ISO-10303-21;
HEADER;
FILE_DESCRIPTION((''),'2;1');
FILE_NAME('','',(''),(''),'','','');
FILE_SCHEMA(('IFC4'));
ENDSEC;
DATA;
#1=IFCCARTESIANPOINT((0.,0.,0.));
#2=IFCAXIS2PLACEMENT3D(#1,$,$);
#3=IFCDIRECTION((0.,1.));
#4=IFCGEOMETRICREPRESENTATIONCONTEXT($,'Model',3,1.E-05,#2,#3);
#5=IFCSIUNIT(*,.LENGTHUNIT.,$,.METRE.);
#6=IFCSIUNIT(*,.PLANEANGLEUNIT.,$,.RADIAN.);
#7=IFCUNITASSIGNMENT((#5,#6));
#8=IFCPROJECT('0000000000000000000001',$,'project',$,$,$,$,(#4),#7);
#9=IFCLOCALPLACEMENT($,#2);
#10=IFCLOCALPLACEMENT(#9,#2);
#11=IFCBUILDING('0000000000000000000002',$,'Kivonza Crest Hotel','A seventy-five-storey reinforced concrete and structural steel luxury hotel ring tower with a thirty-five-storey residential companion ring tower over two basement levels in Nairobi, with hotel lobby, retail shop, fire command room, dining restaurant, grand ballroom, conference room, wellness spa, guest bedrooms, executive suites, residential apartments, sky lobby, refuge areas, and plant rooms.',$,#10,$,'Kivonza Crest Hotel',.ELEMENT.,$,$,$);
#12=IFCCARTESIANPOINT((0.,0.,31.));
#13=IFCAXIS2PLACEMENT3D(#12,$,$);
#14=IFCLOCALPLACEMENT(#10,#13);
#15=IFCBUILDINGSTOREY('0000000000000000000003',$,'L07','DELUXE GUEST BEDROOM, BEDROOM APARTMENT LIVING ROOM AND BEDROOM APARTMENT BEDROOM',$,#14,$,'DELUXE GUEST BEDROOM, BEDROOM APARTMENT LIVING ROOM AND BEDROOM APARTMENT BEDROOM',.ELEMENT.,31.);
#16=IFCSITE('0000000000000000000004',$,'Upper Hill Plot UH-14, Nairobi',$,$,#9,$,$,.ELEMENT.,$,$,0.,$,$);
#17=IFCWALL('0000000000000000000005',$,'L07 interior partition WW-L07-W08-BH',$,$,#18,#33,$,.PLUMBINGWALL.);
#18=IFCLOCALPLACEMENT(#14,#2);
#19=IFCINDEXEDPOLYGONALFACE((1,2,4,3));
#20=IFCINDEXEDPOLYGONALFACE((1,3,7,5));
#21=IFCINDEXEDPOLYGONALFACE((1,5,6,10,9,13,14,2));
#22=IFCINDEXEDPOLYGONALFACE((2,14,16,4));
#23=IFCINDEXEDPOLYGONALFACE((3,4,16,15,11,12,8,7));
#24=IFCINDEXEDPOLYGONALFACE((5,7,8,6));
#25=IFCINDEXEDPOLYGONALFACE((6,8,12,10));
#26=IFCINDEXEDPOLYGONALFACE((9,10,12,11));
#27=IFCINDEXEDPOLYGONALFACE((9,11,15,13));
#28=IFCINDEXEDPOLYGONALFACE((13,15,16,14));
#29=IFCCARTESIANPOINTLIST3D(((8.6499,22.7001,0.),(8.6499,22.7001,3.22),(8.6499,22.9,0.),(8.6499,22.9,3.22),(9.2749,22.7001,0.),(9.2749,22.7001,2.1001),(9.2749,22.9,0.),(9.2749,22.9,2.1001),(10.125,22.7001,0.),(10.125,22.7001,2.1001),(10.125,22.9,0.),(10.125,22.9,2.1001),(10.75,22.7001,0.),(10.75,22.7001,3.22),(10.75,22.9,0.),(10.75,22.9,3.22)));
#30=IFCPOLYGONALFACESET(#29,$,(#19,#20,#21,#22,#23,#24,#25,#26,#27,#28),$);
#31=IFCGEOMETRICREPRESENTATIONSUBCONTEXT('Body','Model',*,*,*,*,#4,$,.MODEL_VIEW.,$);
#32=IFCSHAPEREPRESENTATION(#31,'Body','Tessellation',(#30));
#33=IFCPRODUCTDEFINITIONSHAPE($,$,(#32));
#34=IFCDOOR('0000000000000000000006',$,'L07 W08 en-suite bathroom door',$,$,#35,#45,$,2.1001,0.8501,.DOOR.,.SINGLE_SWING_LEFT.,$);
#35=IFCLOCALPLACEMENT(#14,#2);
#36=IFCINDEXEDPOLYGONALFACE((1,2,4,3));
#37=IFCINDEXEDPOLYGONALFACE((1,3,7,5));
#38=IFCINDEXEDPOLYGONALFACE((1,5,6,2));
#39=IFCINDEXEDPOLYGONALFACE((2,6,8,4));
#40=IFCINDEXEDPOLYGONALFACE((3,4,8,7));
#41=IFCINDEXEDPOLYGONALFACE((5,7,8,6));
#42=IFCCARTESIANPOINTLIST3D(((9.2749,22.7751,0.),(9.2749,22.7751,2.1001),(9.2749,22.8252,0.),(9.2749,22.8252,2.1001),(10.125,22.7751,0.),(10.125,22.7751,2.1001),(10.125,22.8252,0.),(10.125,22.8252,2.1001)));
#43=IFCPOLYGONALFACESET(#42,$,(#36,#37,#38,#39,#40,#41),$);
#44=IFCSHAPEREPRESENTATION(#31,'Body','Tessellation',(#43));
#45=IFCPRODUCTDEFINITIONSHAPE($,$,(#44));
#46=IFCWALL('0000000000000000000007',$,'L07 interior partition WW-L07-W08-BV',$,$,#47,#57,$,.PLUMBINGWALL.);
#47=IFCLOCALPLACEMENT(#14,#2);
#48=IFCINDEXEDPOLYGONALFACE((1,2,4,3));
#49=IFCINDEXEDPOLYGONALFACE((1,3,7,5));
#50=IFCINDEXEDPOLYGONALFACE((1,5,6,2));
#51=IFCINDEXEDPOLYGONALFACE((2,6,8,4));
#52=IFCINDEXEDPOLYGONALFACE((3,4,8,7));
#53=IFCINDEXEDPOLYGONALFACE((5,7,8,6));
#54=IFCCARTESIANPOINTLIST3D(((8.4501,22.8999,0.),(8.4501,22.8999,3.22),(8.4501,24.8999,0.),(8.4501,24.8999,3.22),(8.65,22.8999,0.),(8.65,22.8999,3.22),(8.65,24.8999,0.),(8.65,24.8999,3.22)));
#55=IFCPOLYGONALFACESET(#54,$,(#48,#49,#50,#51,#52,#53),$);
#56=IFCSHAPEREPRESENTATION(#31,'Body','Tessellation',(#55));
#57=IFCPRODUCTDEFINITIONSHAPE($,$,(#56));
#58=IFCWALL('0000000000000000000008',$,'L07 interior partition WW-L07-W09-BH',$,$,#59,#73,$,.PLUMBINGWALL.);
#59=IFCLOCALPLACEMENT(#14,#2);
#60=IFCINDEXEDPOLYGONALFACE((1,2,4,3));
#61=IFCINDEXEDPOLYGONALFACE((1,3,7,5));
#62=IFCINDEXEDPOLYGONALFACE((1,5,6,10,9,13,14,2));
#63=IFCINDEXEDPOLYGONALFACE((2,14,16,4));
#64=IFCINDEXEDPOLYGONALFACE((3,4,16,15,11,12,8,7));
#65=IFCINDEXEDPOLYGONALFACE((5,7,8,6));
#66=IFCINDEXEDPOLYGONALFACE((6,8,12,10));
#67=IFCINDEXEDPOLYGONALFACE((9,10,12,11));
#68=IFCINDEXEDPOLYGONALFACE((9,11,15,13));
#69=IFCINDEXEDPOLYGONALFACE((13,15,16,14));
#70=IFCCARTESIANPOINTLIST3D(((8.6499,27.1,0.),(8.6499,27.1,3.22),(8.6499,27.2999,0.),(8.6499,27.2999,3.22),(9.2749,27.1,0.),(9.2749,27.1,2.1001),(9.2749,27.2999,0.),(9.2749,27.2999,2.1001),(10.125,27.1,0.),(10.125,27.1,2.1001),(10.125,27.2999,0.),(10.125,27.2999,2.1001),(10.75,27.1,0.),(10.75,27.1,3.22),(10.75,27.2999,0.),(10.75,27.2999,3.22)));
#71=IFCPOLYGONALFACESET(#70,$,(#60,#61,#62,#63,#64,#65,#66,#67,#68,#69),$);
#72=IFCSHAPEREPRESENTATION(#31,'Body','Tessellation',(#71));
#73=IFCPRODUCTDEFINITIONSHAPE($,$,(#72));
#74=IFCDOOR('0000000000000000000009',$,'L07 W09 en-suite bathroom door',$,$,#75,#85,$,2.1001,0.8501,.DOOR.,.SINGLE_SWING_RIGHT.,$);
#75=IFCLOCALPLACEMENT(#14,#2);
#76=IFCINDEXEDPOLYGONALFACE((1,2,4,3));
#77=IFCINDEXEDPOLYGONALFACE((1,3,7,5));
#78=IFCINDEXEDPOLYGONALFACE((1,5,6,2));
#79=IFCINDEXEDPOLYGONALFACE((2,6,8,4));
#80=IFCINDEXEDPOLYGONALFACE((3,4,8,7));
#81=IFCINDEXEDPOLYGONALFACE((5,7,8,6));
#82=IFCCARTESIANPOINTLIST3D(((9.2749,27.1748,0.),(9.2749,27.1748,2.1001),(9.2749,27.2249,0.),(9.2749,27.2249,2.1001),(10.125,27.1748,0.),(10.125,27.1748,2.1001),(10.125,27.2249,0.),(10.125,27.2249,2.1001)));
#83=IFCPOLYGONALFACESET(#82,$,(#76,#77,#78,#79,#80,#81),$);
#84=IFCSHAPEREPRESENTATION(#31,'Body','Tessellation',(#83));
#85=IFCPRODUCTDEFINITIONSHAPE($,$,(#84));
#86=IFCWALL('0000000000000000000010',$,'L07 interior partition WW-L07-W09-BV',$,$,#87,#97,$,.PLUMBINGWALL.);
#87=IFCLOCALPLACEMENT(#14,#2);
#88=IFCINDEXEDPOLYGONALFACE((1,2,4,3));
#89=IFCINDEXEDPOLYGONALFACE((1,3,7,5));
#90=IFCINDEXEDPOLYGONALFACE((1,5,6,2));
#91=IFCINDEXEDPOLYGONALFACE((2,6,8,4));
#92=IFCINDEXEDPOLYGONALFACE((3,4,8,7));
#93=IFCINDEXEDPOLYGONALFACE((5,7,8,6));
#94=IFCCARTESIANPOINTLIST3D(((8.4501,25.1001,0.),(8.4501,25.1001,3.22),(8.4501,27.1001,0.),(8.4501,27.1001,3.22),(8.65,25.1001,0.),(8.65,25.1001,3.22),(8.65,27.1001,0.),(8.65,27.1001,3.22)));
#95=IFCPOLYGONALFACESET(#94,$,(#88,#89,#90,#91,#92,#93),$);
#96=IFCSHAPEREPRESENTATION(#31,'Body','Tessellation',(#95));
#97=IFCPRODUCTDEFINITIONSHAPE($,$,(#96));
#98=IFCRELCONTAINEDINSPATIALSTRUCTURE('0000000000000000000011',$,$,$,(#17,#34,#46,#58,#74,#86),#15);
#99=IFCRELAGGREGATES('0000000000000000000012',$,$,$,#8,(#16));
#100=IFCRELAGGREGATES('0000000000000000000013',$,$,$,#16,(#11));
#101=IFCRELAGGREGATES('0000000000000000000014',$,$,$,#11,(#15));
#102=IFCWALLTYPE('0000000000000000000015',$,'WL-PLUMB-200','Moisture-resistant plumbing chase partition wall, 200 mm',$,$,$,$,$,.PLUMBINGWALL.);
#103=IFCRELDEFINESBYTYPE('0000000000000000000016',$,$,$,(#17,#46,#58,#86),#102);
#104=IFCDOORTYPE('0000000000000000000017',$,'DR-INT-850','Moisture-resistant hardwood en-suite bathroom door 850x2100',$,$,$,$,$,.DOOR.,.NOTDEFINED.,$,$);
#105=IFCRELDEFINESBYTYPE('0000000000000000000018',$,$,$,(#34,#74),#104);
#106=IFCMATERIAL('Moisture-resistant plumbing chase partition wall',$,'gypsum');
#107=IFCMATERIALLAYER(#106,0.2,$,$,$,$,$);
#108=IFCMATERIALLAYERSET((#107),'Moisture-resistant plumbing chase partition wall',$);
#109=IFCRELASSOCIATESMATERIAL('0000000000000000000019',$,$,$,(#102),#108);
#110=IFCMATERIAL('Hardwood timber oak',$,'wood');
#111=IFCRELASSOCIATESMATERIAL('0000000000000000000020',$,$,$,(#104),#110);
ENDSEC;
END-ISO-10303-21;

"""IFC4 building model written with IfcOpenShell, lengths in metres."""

from ifc_helpers import new_model, si_unit, direction, frame, frame_2d, origin, place, context, subcontext, project, spatial, rectangle, extrude, material, layer, layer_set, type_object, element, fill, save


model = new_model("IFC4")

# Units and contexts
model_context = context("Model", 3, precision=1e-05, world=origin(), true_north=direction((0.0, 1.0)))
body_context = subcontext(model_context, "Body", "Model", "MODEL_VIEW")
ifc_project = project(units=[si_unit("LENGTHUNIT", "METRE"), si_unit("PLANEANGLEUNIT", "RADIAN")], contexts=[model_context])

# Site, building, storey
site_placement = place(None, origin())
site = spatial("IfcSite", under=ifc_project, at=site_placement, Name="Upper Hill Plot UH-14, Nairobi", CompositionType="ELEMENT", RefElevation=0.0)
building_placement = place(site_placement, origin())
building = spatial("IfcBuilding", under=site, at=building_placement, Name="Kivonza Crest Hotel", Description="A seventy-five-storey reinforced concrete and structural steel luxury hotel ring tower with a thirty-five-storey residential companion ring tower over two basement levels in Nairobi, with hotel lobby, retail shop, fire command room, dining restaurant, grand ballroom, conference room, wellness spa, guest bedrooms, executive suites, residential apartments, sky lobby, refuge areas, and plant rooms.", LongName="Kivonza Crest Hotel", CompositionType="ELEMENT")
storey_placement = place(building_placement, frame((0.0, 0.0, 31.0)))
storey = spatial("IfcBuildingStorey", under=building, at=storey_placement, Name="L07", Description="DELUXE GUEST BEDROOM, BEDROOM APARTMENT LIVING ROOM AND BEDROOM APARTMENT BEDROOM", LongName="DELUXE GUEST BEDROOM, BEDROOM APARTMENT LIVING ROOM AND BEDROOM APARTMENT BEDROOM", CompositionType="ELEMENT", Elevation=31.0)

# Shared definitions
ifc_material_1 = material(Name="Hardwood timber oak", Category="wood")

# Wall, opening, door
ifc_material_2 = material(Name="Moisture-resistant plumbing chase partition wall", Category="gypsum")
ifc_layer_1 = layer(ifc_material_2, 0.2)
ifc_layer_set_1 = layer_set([ifc_layer_1], Name="Moisture-resistant plumbing chase partition wall")
wall_type_1 = type_object("IfcWallType", Name="WL-PLUMB-200", Description="Moisture-resistant plumbing chase partition wall, 200 mm", PredefinedType="PLUMBINGWALL", material=ifc_layer_set_1)
wall_1_placement = place(storey_placement, frame((8.6499, 22.8, 0.0), z_axis=(0.0, 0.0, 1.0), x_axis=(1.0, 0.0, 0.0)))
wall_1 = element("IfcWall", 1, at=wall_1_placement, inside=storey, type_object=wall_type_1, Name="L07 interior partition WW-L07-W08-BH", PredefinedType="PLUMBINGWALL", context=body_context, shape_type="SweptSolid", body=[
    extrude(rectangle(XDim=2.1001, YDim=0.2, at=frame_2d((1.05, 0.0))), origin(), (0.0, 0.0, 1.0), 3.22),
])
opening_1_placement = place(wall_1_placement, frame((0.625, 0.0, 0.0)))
opening_1 = element("IfcOpeningElement", 2, at=opening_1_placement, cuts=wall_1, PredefinedType="OPENING", context=body_context, shape_type="SweptSolid", body=[
    extrude(rectangle(XDim=0.8501, YDim=2.1001, at=frame_2d((0.425, 1.05))), frame((0.0, 0.1099, 0.0), z_axis=(0.0, -1.0, 0.0), x_axis=(1.0, 0.0, 0.0)), (0.0, 0.0, 1.0), 0.22),
])
door_type_1 = type_object("IfcDoorType", Name="DR-INT-850", Description="Moisture-resistant hardwood en-suite bathroom door 850x2100", OperationType="NOTDEFINED", PredefinedType="DOOR", material=ifc_material_1)
door_1_placement = place(opening_1_placement, frame((0.8501, 0.0, 0.0), z_axis=(0.0, 0.0, 1.0), x_axis=(-1.0, 0.0, 0.0)))
door_1 = element("IfcDoor", 3, at=door_1_placement, inside=storey, type_object=door_type_1, Name="L07 W08 en-suite bathroom door", OperationType="SINGLE_SWING_LEFT", OverallHeight=2.1001, OverallWidth=0.8501, PredefinedType="DOOR", context=body_context, shape_type="SweptSolid", body=[
    extrude(rectangle(XDim=0.8501, YDim=2.1001, at=frame_2d((0.425, 1.05))), frame((0.0, 0.0249, 0.0), z_axis=(0.0, -1.0, 0.0), x_axis=(1.0, 0.0, 0.0)), (0.0, 0.0, 1.0), 0.05),
])
fill(opening_1, door_1)

# Wall
wall_2_placement = place(storey_placement, frame((8.55, 22.8999, 0.0), z_axis=(0.0, 0.0, 1.0), x_axis=(0.0, 1.0, 0.0)))
element("IfcWall", 4, at=wall_2_placement, inside=storey, type_object=wall_type_1, Name="L07 interior partition WW-L07-W08-BV", PredefinedType="PLUMBINGWALL", context=body_context, shape_type="SweptSolid", body=[
    extrude(rectangle(XDim=2.0, YDim=0.2, at=frame_2d((1.0, 0.0))), origin(), (0.0, 0.0, 1.0), 3.22),
])

# Wall, opening, door
wall_3_placement = place(storey_placement, frame((8.6499, 27.2, 0.0), z_axis=(0.0, 0.0, 1.0), x_axis=(1.0, 0.0, 0.0)))
wall_3 = element("IfcWall", 5, at=wall_3_placement, inside=storey, type_object=wall_type_1, Name="L07 interior partition WW-L07-W09-BH", PredefinedType="PLUMBINGWALL", context=body_context, shape_type="SweptSolid", body=[
    extrude(rectangle(XDim=2.1001, YDim=0.2, at=frame_2d((1.05, 0.0))), origin(), (0.0, 0.0, 1.0), 3.22),
])
opening_2_placement = place(wall_3_placement, frame((0.625, 0.0, 0.0)))
opening_2 = element("IfcOpeningElement", 6, at=opening_2_placement, cuts=wall_3, PredefinedType="OPENING", context=body_context, shape_type="SweptSolid", body=[
    extrude(rectangle(XDim=0.8501, YDim=2.1001, at=frame_2d((0.425, 1.05))), frame((0.0, 0.1099, 0.0), z_axis=(0.0, -1.0, 0.0), x_axis=(1.0, 0.0, 0.0)), (0.0, 0.0, 1.0), 0.22),
])
door_2_placement = place(opening_2_placement, origin())
door_2 = element("IfcDoor", 7, at=door_2_placement, inside=storey, type_object=door_type_1, Name="L07 W09 en-suite bathroom door", OperationType="SINGLE_SWING_RIGHT", OverallHeight=2.1001, OverallWidth=0.8501, PredefinedType="DOOR", context=body_context, shape_type="SweptSolid", body=[
    extrude(rectangle(XDim=0.8501, YDim=2.1001, at=frame_2d((0.425, 1.05))), frame((0.0, 0.0249, 0.0), z_axis=(0.0, -1.0, 0.0), x_axis=(1.0, 0.0, 0.0)), (0.0, 0.0, 1.0), 0.05),
])
fill(opening_2, door_2)

# Wall
wall_4_placement = place(storey_placement, frame((8.55, 25.1001, 0.0), z_axis=(0.0, 0.0, 1.0), x_axis=(0.0, 1.0, 0.0)))
element("IfcWall", 8, at=wall_4_placement, inside=storey, type_object=wall_type_1, Name="L07 interior partition WW-L07-W09-BV", PredefinedType="PLUMBINGWALL", context=body_context, shape_type="SweptSolid", body=[
    extrude(rectangle(XDim=2.0, YDim=0.2, at=frame_2d((1.0, 0.0))), origin(), (0.0, 0.0, 1.0), 3.22),
])

save(model, "model.ifc")
